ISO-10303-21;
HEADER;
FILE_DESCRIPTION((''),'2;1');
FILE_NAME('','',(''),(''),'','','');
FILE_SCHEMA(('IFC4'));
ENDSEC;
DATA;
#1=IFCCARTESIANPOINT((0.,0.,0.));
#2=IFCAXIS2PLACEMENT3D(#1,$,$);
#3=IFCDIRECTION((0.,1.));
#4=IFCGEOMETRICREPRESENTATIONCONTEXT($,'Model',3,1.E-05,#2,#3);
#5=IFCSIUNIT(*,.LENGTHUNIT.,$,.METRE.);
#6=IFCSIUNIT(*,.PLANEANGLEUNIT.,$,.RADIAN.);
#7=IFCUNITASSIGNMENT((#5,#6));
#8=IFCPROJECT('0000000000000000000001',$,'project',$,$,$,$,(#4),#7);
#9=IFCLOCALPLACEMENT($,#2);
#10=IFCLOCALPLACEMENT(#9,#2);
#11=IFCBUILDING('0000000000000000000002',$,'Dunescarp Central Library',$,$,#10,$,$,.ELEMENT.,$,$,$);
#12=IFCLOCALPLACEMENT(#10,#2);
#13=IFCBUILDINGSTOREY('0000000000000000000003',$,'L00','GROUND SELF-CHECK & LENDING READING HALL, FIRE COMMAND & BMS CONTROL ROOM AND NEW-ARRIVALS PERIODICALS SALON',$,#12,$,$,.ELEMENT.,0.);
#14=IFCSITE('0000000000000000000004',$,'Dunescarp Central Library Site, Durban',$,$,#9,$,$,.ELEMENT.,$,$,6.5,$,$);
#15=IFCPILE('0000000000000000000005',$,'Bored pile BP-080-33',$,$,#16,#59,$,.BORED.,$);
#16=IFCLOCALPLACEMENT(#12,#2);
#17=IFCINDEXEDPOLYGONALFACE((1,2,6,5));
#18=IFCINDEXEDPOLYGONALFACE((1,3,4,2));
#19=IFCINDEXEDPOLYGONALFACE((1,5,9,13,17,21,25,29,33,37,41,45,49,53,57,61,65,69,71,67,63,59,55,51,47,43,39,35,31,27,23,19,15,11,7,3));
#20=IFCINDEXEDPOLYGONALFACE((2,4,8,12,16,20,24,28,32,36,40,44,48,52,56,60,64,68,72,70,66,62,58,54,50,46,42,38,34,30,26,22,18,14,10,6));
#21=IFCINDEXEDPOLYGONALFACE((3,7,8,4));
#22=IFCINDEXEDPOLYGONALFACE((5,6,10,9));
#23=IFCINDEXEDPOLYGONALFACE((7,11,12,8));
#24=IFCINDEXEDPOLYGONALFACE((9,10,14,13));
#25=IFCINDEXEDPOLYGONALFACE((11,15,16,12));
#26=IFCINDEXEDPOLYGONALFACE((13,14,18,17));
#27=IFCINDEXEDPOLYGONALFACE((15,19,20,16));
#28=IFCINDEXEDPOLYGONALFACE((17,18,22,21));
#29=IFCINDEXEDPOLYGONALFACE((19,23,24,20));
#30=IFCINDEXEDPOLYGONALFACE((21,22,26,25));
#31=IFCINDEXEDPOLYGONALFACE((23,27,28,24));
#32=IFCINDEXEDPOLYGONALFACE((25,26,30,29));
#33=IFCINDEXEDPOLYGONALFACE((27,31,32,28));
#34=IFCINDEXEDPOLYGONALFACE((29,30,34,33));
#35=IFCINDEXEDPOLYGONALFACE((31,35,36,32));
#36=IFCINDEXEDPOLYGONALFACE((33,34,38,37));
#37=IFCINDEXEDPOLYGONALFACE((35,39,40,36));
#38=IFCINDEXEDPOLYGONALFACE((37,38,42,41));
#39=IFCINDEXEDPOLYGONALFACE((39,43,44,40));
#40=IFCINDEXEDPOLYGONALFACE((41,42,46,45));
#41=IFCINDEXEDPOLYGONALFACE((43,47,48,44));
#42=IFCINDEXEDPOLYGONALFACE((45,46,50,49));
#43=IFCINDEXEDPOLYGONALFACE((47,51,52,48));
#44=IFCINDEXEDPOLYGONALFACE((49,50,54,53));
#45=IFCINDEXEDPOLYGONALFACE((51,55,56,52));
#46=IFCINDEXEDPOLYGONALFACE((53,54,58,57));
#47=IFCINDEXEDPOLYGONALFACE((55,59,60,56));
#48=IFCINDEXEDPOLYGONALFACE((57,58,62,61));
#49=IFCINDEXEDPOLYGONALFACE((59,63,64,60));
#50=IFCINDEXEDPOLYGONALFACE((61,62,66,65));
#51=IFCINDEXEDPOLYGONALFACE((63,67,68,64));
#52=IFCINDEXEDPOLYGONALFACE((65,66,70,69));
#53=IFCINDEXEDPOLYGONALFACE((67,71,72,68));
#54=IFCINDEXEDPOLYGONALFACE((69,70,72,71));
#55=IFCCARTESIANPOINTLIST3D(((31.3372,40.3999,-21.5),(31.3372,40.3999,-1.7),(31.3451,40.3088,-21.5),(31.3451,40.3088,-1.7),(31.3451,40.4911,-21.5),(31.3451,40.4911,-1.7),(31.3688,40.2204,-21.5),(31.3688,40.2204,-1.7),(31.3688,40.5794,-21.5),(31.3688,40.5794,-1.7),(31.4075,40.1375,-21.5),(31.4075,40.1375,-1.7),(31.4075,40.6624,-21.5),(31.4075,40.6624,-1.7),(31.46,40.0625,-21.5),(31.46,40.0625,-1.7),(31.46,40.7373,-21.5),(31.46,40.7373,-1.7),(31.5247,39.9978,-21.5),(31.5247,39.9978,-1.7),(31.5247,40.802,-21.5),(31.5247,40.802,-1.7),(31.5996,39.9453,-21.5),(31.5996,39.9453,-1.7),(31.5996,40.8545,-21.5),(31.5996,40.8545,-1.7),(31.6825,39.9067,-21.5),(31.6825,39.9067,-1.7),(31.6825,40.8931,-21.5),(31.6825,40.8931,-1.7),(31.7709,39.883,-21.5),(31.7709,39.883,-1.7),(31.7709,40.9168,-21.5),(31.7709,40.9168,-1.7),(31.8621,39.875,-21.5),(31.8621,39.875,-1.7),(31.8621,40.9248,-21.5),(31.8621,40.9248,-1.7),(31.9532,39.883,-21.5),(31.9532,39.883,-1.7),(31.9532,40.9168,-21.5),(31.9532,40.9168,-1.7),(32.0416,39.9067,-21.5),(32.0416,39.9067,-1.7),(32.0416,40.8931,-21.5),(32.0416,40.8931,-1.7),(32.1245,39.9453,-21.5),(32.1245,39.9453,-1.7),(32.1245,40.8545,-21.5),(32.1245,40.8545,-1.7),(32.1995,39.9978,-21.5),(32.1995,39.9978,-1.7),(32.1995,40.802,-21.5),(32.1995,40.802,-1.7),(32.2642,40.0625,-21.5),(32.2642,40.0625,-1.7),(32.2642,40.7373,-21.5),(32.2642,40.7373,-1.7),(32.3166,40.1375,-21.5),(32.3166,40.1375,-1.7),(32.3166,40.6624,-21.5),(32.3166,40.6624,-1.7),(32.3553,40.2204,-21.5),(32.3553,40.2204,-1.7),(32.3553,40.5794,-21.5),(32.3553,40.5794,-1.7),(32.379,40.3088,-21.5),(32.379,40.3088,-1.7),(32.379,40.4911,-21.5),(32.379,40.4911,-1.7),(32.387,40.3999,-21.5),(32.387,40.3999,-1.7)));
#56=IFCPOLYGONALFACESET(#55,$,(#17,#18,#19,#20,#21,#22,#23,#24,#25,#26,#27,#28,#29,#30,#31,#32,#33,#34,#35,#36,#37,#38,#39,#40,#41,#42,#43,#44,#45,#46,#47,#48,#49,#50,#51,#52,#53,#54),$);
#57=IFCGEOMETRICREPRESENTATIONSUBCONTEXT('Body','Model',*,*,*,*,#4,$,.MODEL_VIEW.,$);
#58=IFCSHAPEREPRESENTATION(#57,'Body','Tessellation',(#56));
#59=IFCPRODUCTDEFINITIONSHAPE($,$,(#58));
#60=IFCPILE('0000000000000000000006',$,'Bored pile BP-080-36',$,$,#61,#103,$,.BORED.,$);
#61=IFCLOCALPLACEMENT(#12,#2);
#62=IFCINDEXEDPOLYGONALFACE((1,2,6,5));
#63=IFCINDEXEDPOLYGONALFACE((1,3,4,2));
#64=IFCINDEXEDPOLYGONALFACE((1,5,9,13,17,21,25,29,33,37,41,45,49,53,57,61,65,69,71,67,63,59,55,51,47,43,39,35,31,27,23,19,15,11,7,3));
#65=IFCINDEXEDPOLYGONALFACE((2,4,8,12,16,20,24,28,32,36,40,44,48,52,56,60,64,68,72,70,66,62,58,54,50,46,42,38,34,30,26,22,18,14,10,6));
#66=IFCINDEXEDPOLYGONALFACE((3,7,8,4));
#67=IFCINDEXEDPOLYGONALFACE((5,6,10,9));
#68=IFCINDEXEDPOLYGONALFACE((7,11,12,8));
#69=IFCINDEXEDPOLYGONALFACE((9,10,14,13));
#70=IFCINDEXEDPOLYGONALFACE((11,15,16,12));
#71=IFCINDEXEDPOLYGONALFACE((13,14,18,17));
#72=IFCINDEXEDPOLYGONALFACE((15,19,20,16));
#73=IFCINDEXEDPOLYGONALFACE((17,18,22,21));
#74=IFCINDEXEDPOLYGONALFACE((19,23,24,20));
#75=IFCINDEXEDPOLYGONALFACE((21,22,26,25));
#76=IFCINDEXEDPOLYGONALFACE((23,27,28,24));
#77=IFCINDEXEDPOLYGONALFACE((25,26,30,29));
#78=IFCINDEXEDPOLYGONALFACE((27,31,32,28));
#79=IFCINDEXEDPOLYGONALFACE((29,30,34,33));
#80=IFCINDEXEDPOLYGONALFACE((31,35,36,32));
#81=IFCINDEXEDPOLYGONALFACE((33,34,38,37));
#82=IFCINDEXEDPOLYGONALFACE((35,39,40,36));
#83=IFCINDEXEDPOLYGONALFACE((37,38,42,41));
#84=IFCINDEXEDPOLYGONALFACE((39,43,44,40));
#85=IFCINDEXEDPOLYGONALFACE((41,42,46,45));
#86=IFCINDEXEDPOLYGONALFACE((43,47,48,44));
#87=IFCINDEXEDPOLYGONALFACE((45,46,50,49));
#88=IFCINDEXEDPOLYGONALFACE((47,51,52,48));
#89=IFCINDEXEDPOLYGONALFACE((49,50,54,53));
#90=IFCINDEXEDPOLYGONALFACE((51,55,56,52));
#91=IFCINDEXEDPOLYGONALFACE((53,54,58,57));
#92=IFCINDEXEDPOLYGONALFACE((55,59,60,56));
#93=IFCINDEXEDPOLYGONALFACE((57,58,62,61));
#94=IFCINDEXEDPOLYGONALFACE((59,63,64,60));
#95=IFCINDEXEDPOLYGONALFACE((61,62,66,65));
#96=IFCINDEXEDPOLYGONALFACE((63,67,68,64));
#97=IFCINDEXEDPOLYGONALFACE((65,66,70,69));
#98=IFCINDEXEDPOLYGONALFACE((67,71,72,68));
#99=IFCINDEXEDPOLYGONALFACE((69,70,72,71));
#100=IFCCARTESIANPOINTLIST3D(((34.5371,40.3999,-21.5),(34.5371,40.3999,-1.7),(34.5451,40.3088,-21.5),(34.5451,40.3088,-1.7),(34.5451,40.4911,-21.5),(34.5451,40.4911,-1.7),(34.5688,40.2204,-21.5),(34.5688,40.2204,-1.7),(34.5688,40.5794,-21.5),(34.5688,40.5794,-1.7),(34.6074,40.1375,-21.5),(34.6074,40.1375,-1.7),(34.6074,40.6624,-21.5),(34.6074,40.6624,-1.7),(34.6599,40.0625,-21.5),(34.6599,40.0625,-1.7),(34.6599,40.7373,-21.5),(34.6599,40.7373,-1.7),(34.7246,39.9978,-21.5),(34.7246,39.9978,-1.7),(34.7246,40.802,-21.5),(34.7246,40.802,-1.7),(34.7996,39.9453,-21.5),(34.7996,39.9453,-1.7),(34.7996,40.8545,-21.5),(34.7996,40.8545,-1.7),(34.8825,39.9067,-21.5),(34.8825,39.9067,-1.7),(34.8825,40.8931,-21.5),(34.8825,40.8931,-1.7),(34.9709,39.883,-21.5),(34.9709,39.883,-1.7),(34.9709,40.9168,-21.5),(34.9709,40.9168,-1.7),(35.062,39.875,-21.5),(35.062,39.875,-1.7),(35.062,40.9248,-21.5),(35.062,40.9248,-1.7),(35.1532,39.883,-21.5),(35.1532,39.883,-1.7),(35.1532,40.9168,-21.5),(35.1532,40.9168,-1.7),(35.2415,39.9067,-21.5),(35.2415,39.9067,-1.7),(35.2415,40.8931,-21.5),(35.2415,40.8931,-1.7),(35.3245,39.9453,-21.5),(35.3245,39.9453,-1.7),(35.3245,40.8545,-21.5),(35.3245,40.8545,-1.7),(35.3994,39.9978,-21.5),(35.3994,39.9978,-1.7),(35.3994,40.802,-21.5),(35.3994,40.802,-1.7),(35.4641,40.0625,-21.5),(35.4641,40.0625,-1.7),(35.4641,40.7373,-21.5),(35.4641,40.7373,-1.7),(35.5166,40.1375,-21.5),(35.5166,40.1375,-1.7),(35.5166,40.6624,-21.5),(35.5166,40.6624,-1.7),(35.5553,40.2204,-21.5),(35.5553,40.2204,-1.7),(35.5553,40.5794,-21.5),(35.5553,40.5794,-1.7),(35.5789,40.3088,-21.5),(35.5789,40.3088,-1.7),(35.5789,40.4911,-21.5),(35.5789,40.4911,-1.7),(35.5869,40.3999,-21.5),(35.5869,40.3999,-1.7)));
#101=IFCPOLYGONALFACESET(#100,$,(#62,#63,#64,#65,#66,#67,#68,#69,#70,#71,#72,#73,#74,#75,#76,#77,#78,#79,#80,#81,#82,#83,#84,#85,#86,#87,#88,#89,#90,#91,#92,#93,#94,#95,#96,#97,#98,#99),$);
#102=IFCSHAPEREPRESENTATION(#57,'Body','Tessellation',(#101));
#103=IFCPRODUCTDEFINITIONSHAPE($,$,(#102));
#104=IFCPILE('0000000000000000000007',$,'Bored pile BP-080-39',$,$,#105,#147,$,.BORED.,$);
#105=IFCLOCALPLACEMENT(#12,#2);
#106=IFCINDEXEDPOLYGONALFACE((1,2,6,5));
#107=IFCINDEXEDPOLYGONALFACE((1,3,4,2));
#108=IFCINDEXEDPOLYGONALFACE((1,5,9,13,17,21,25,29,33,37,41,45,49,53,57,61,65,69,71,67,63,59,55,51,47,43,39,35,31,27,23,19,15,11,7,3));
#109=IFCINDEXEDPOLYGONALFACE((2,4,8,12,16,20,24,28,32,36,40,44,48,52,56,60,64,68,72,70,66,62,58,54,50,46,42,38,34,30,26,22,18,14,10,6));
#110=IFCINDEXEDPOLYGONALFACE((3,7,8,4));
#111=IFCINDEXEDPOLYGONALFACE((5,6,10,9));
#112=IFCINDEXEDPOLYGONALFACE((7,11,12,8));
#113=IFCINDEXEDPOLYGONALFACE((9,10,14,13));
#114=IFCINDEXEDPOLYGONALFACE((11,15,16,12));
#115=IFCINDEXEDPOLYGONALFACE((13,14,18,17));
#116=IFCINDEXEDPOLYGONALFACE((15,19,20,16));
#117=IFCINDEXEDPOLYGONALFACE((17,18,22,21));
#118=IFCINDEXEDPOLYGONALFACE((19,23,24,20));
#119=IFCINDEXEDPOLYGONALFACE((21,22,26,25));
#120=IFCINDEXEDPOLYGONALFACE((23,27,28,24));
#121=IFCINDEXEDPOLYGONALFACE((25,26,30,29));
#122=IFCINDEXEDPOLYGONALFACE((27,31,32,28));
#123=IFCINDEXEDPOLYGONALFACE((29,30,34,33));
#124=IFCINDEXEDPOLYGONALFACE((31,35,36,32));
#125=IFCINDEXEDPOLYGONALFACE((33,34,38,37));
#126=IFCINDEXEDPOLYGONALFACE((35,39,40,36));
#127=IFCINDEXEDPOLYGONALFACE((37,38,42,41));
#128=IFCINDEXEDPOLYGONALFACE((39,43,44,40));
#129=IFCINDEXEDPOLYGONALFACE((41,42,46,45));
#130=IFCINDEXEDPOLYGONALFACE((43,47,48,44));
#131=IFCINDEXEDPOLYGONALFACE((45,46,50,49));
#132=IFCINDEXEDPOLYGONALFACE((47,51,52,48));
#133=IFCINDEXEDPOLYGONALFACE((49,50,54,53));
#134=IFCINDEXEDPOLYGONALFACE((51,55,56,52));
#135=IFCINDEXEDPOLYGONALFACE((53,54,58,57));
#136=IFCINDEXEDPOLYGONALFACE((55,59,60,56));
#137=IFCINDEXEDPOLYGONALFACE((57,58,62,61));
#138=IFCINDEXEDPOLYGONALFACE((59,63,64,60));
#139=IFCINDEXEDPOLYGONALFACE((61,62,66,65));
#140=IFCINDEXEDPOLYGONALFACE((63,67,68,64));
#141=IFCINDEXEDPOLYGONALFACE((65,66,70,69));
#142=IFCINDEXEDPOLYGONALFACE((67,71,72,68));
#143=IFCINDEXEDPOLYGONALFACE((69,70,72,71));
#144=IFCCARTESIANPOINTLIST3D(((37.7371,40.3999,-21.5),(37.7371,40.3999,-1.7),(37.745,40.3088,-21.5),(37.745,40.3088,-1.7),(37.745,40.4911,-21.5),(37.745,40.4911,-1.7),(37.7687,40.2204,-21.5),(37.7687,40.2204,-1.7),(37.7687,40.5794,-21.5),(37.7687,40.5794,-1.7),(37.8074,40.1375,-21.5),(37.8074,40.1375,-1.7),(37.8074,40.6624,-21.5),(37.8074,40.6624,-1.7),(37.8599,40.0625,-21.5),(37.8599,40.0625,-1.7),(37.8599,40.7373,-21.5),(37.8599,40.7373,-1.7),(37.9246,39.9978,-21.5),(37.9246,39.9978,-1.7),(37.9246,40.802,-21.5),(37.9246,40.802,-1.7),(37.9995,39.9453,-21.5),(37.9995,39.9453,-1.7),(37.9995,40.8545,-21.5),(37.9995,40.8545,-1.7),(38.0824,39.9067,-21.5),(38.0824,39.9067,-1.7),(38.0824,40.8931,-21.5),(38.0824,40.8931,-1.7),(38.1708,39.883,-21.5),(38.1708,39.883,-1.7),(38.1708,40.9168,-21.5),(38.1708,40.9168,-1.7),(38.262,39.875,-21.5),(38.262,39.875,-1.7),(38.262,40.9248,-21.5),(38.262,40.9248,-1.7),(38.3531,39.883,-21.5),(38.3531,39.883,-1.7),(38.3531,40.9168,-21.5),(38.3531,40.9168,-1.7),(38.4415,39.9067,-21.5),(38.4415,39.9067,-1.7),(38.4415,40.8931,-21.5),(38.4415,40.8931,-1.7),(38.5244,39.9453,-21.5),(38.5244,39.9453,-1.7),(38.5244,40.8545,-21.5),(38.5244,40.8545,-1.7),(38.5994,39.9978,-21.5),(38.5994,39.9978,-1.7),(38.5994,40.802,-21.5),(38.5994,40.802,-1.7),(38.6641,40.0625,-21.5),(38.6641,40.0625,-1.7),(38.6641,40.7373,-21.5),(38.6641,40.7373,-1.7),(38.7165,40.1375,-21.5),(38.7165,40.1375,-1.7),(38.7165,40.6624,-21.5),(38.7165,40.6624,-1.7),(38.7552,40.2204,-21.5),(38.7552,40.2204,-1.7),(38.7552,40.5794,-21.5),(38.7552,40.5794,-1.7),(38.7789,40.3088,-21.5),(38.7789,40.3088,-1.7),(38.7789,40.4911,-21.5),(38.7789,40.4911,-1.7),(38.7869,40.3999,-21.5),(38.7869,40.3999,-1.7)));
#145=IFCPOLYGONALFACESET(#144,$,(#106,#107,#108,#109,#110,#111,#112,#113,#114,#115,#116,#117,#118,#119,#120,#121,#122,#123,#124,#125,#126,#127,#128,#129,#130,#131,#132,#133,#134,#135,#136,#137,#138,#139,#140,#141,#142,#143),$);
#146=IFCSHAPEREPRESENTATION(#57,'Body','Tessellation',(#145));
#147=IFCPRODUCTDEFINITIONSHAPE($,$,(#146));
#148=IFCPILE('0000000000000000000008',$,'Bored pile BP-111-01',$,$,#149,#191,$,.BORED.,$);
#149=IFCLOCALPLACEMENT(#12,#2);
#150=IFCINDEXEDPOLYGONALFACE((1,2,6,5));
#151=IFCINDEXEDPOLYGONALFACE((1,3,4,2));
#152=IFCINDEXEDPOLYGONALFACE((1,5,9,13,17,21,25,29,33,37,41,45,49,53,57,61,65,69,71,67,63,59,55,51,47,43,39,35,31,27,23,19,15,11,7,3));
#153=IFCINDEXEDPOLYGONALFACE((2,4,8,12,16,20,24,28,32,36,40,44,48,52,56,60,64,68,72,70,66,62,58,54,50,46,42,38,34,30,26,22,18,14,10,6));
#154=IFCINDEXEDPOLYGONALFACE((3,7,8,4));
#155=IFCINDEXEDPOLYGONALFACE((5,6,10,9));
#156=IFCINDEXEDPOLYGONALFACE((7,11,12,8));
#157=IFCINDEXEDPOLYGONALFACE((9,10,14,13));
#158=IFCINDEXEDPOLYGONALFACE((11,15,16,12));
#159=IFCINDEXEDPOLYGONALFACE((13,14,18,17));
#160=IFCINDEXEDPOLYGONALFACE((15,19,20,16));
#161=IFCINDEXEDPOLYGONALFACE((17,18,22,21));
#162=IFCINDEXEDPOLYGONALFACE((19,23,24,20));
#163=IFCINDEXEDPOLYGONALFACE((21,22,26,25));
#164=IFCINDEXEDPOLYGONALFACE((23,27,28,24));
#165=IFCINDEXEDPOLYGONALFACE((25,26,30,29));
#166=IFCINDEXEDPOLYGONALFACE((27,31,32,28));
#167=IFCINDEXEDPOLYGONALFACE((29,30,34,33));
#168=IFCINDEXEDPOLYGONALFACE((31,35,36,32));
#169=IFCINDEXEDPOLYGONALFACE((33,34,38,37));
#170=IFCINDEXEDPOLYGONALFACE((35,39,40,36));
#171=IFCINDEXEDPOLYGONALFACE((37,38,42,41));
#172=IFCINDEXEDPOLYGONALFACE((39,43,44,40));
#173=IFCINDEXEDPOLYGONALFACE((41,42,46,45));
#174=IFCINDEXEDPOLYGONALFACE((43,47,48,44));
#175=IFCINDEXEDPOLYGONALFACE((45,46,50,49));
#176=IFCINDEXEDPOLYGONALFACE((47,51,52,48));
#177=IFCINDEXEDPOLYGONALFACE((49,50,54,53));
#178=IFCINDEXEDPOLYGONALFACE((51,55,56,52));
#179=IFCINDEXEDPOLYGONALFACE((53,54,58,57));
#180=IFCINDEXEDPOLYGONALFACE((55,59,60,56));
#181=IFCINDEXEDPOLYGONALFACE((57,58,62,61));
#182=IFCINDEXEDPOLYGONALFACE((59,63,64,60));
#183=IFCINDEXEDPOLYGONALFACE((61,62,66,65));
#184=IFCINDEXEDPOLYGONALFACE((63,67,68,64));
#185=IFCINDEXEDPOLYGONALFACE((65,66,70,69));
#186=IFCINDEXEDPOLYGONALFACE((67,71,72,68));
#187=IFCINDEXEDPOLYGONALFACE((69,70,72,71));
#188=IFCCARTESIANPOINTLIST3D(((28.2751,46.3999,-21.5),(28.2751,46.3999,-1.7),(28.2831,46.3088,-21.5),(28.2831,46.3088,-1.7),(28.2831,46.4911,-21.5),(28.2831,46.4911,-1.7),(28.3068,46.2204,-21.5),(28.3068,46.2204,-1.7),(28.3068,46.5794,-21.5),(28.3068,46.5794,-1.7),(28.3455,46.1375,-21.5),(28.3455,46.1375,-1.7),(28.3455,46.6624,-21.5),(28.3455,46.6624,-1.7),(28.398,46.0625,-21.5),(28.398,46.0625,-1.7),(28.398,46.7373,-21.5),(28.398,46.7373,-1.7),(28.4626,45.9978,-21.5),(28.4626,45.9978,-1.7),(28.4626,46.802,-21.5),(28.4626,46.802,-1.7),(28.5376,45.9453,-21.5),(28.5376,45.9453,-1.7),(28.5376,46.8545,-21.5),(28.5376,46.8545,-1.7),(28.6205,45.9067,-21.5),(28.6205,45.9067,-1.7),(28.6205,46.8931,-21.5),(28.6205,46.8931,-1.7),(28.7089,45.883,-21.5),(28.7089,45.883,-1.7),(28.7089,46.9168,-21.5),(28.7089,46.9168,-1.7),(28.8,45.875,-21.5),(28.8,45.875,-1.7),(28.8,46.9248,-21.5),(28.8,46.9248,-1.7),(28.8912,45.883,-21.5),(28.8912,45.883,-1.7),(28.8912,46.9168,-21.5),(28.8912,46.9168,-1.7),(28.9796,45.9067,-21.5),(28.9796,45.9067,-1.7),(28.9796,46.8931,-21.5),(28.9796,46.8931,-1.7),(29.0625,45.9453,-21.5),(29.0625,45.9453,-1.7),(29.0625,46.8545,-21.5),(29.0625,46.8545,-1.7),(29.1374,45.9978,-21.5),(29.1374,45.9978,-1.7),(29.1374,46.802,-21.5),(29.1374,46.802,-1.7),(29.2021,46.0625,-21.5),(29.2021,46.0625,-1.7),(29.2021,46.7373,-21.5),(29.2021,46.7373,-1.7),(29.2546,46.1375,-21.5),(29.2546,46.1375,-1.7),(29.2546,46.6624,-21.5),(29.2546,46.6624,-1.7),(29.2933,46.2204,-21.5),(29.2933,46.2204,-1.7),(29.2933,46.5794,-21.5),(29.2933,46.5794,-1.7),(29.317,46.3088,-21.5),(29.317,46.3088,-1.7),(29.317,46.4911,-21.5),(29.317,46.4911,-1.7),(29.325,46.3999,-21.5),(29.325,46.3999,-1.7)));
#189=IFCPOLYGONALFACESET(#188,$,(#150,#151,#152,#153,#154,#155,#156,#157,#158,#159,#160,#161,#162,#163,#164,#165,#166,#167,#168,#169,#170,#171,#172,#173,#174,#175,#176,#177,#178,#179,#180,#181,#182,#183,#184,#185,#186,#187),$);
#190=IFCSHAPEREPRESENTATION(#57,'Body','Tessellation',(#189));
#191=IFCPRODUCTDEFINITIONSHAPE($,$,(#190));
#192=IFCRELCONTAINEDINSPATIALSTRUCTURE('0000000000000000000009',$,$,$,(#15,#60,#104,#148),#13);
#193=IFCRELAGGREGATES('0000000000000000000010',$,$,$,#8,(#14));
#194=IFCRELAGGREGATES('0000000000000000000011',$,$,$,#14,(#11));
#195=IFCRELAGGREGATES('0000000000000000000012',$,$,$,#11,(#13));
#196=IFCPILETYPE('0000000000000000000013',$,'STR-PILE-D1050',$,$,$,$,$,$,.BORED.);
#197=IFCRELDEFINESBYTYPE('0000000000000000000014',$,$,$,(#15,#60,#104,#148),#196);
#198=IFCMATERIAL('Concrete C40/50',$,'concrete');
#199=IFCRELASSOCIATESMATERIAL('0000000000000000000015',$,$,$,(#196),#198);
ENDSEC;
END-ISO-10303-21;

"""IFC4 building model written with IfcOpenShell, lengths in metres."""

from ifc_helpers import new_model, si_unit, direction, frame, origin, origin_2d, place, context, subcontext, project, spatial, circle, extrude, material, material_profile, profile_set, type_object, element, save


model = new_model("IFC4")

# Units and contexts
model_context = context("Model", 3, precision=1e-05, world=origin(), true_north=direction((0.0, 1.0)))
body_context = subcontext(model_context, "Body", "Model", "MODEL_VIEW")
ifc_project = project(units=[si_unit("LENGTHUNIT", "METRE"), si_unit("PLANEANGLEUNIT", "RADIAN")], contexts=[model_context])

# Site, building, storey
site_placement = place(None, origin())
site = spatial("IfcSite", under=ifc_project, at=site_placement, Name="Dunescarp Central Library Site, Durban", CompositionType="ELEMENT", RefElevation=6.5)
building_placement = place(site_placement, origin())
building = spatial("IfcBuilding", under=site, at=building_placement, Name="Dunescarp Central Library", CompositionType="ELEMENT")
storey_placement = place(building_placement, origin())
storey = spatial("IfcBuildingStorey", under=building, at=storey_placement, Name="L00", Description="GROUND SELF-CHECK & LENDING READING HALL, FIRE COMMAND & BMS CONTROL ROOM AND NEW-ARRIVALS PERIODICALS SALON", CompositionType="ELEMENT", Elevation=0.0)

# Shared definitions
ifc_material_1 = material(Name="Concrete C40/50", Category="concrete")

# Piles
ifc_material_profile_1 = material_profile(ifc_material_1, circle(Radius=0.5249, at=origin_2d()), Name="PILE D1050")
ifc_profile_set_1 = profile_set([ifc_material_profile_1], Name="Concrete C40/50")
pile_type = type_object("IfcPileType", Name="STR-PILE-D1050", PredefinedType="BORED", material=ifc_profile_set_1)
for number, where, z_axis, x_axis, name in (
    (1, (31.8621, 40.3999, -1.7), (0.0, 0.0, -1.0), (1.0, 0.0, 0.0), "Bored pile BP-080-33"),
    (2, (35.062, 40.3999, -1.7), (0.0, 0.0, -1.0), (1.0, 0.0, 0.0), "Bored pile BP-080-36"),
    (3, (38.262, 40.3999, -1.7), (0.0, 0.0, -1.0), (1.0, 0.0, 0.0), "Bored pile BP-080-39"),
    (4, (28.8, 46.3999, -1.7), (0.0, 0.0, -1.0), (1.0, 0.0, 0.0), "Bored pile BP-111-01"),
):
    element("IfcPile", number, at=place(storey_placement, frame(where, z_axis=z_axis, x_axis=x_axis)), inside=storey, type_object=pile_type, Name=name, PredefinedType="BORED", context=body_context, shape_type="SweptSolid", body=[
        extrude(circle(Radius=0.5249, at=origin_2d()), origin(), (0.0, 0.0, 1.0), 19.8),
    ])

save(model, "model.ifc")
